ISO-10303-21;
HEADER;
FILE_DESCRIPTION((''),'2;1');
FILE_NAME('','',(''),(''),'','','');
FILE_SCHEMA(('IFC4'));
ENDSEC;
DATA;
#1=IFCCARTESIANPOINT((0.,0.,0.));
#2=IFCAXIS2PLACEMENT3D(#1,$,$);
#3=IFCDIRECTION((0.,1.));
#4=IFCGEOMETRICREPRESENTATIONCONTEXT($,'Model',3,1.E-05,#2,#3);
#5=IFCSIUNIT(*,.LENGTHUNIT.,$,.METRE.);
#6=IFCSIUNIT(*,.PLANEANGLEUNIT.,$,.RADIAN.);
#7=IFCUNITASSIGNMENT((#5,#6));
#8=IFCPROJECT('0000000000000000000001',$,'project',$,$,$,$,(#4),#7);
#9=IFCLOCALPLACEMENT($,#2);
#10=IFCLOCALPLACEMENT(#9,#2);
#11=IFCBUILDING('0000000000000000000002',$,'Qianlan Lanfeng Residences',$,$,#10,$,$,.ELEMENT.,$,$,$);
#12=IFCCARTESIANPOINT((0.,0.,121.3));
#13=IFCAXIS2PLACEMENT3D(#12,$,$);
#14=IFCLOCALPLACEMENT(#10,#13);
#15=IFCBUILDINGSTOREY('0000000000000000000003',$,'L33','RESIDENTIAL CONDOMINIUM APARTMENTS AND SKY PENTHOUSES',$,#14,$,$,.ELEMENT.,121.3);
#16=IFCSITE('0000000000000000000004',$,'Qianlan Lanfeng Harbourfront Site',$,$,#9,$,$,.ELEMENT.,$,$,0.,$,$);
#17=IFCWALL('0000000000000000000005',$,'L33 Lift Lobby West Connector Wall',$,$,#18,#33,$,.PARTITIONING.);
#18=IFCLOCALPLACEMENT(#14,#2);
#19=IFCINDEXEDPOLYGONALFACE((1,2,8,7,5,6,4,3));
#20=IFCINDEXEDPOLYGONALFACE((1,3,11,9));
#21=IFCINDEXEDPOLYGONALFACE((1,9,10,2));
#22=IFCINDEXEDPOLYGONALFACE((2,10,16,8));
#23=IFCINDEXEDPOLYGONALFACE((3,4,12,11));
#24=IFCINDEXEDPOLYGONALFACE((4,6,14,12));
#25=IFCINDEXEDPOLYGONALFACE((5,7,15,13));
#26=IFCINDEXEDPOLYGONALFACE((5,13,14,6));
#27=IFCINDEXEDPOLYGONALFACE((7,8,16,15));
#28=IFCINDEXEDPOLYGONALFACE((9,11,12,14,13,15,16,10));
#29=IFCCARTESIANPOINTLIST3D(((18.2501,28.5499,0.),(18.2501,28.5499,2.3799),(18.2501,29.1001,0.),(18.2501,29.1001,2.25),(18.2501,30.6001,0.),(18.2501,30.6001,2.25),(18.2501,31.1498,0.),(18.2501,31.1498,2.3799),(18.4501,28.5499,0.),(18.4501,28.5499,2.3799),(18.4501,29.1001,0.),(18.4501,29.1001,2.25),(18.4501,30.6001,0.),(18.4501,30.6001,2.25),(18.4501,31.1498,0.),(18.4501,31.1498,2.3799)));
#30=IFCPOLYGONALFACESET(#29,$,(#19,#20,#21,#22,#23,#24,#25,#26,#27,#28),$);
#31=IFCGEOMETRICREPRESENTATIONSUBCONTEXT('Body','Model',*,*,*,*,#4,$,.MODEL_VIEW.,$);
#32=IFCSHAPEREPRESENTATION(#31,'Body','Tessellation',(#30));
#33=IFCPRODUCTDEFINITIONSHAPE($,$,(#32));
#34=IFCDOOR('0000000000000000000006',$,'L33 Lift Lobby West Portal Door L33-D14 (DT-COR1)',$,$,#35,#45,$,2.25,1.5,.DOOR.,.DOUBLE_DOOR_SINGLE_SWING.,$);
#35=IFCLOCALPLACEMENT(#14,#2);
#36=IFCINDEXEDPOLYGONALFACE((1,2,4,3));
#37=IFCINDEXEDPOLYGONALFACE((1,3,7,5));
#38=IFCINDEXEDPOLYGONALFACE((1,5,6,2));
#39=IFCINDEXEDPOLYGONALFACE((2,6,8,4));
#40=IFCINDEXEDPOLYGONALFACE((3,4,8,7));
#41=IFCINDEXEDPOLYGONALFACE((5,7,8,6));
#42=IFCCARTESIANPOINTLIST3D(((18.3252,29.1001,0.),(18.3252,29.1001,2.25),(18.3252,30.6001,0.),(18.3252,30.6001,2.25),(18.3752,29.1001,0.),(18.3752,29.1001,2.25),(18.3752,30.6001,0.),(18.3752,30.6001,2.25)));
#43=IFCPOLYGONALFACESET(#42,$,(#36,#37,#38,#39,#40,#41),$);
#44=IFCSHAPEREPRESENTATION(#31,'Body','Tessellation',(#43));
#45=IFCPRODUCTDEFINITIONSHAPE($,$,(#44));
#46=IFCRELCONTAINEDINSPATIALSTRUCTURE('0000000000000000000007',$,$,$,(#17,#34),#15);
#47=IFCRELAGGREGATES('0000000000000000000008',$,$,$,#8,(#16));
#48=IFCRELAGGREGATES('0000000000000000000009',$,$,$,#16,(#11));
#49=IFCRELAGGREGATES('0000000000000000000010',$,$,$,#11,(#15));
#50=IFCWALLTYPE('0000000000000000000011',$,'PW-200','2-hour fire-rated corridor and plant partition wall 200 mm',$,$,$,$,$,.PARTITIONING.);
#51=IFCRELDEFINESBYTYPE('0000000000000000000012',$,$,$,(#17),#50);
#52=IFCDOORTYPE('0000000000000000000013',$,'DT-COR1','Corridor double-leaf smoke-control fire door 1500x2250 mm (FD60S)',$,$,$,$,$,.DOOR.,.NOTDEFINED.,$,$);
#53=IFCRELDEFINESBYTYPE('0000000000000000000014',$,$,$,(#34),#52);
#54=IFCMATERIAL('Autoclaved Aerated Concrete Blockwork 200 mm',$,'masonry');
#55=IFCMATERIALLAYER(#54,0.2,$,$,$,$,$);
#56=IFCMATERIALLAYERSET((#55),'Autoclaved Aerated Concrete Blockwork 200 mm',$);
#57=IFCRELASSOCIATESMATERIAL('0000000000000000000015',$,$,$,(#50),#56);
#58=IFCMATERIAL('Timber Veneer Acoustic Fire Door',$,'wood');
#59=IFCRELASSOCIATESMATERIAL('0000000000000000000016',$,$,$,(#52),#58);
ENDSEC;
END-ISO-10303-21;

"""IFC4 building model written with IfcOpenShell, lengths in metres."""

from ifc_helpers import new_model, si_unit, direction, frame, frame_2d, origin, place, context, subcontext, project, spatial, rectangle, extrude, material, layer, layer_set, type_object, element, fill, save


model = new_model("IFC4")

# Units and contexts
model_context = context("Model", 3, precision=1e-05, world=origin(), true_north=direction((0.0, 1.0)))
body_context = subcontext(model_context, "Body", "Model", "MODEL_VIEW")
ifc_project = project(units=[si_unit("LENGTHUNIT", "METRE"), si_unit("PLANEANGLEUNIT", "RADIAN")], contexts=[model_context])

# Site, building, storey
site_placement = place(None, origin())
site = spatial("IfcSite", under=ifc_project, at=site_placement, Name="Qianlan Lanfeng Harbourfront Site", CompositionType="ELEMENT", RefElevation=0.0)
building_placement = place(site_placement, origin())
building = spatial("IfcBuilding", under=site, at=building_placement, Name="Qianlan Lanfeng Residences", CompositionType="ELEMENT")
storey_placement = place(building_placement, frame((0.0, 0.0, 121.3)))
storey = spatial("IfcBuildingStorey", under=building, at=storey_placement, Name="L33", Description="RESIDENTIAL CONDOMINIUM APARTMENTS AND SKY PENTHOUSES", CompositionType="ELEMENT", Elevation=121.3)

# Wall, opening, door
ifc_material_1 = material(Name="Autoclaved Aerated Concrete Blockwork 200 mm", Category="masonry")
ifc_layer_1 = layer(ifc_material_1, 0.2)
ifc_layer_set_1 = layer_set([ifc_layer_1], Name="Autoclaved Aerated Concrete Blockwork 200 mm")
wall_type_1 = type_object("IfcWallType", Name="PW-200", Description="2-hour fire-rated corridor and plant partition wall 200 mm", PredefinedType="PARTITIONING", material=ifc_layer_set_1)
wall_1_placement = place(storey_placement, frame((18.3501, 28.55, 0.0), z_axis=(0.0, 0.0, 1.0), x_axis=(0.0, 1.0, 0.0)))
wall_1 = element("IfcWall", 1, at=wall_1_placement, inside=storey, type_object=wall_type_1, Name="L33 Lift Lobby West Connector Wall", PredefinedType="PARTITIONING", context=body_context, shape_type="SweptSolid", body=[
    extrude(rectangle(XDim=2.5999, YDim=0.2, at=frame_2d((1.2998, 0.0))), origin(), (0.0, 0.0, 1.0), 2.3799),
])
opening_1_placement = place(wall_1_placement, frame((0.55, 0.0, 0.0)))
opening_1 = element("IfcOpeningElement", 2, at=opening_1_placement, cuts=wall_1, PredefinedType="OPENING", context=body_context, shape_type="SweptSolid", body=[
    extrude(rectangle(XDim=1.5, YDim=2.25, at=frame_2d((0.75, 1.125))), frame((0.0, 0.1099, 0.0), z_axis=(0.0, -1.0, 0.0), x_axis=(1.0, 0.0, 0.0)), (0.0, 0.0, 1.0), 0.22),
])
ifc_material_2 = material(Name="Timber Veneer Acoustic Fire Door", Category="wood")
door_type_1 = type_object("IfcDoorType", Name="DT-COR1", Description="Corridor double-leaf smoke-control fire door 1500x2250 mm (FD60S)", OperationType="NOTDEFINED", PredefinedType="DOOR", material=ifc_material_2)
door_1_placement = place(opening_1_placement, origin())
door_1 = element("IfcDoor", 3, at=door_1_placement, inside=storey, type_object=door_type_1, Name="L33 Lift Lobby West Portal Door L33-D14 (DT-COR1)", OperationType="DOUBLE_DOOR_SINGLE_SWING", OverallHeight=2.25, OverallWidth=1.5, PredefinedType="DOOR", context=body_context, shape_type="SweptSolid", body=[
    extrude(rectangle(XDim=1.5, YDim=2.25, at=frame_2d((0.75, 1.125))), frame((0.0, 0.0249, 0.0), z_axis=(0.0, -1.0, 0.0), x_axis=(1.0, 0.0, 0.0)), (0.0, 0.0, 1.0), 0.05),
])
fill(opening_1, door_1)

save(model, "model.ifc")
